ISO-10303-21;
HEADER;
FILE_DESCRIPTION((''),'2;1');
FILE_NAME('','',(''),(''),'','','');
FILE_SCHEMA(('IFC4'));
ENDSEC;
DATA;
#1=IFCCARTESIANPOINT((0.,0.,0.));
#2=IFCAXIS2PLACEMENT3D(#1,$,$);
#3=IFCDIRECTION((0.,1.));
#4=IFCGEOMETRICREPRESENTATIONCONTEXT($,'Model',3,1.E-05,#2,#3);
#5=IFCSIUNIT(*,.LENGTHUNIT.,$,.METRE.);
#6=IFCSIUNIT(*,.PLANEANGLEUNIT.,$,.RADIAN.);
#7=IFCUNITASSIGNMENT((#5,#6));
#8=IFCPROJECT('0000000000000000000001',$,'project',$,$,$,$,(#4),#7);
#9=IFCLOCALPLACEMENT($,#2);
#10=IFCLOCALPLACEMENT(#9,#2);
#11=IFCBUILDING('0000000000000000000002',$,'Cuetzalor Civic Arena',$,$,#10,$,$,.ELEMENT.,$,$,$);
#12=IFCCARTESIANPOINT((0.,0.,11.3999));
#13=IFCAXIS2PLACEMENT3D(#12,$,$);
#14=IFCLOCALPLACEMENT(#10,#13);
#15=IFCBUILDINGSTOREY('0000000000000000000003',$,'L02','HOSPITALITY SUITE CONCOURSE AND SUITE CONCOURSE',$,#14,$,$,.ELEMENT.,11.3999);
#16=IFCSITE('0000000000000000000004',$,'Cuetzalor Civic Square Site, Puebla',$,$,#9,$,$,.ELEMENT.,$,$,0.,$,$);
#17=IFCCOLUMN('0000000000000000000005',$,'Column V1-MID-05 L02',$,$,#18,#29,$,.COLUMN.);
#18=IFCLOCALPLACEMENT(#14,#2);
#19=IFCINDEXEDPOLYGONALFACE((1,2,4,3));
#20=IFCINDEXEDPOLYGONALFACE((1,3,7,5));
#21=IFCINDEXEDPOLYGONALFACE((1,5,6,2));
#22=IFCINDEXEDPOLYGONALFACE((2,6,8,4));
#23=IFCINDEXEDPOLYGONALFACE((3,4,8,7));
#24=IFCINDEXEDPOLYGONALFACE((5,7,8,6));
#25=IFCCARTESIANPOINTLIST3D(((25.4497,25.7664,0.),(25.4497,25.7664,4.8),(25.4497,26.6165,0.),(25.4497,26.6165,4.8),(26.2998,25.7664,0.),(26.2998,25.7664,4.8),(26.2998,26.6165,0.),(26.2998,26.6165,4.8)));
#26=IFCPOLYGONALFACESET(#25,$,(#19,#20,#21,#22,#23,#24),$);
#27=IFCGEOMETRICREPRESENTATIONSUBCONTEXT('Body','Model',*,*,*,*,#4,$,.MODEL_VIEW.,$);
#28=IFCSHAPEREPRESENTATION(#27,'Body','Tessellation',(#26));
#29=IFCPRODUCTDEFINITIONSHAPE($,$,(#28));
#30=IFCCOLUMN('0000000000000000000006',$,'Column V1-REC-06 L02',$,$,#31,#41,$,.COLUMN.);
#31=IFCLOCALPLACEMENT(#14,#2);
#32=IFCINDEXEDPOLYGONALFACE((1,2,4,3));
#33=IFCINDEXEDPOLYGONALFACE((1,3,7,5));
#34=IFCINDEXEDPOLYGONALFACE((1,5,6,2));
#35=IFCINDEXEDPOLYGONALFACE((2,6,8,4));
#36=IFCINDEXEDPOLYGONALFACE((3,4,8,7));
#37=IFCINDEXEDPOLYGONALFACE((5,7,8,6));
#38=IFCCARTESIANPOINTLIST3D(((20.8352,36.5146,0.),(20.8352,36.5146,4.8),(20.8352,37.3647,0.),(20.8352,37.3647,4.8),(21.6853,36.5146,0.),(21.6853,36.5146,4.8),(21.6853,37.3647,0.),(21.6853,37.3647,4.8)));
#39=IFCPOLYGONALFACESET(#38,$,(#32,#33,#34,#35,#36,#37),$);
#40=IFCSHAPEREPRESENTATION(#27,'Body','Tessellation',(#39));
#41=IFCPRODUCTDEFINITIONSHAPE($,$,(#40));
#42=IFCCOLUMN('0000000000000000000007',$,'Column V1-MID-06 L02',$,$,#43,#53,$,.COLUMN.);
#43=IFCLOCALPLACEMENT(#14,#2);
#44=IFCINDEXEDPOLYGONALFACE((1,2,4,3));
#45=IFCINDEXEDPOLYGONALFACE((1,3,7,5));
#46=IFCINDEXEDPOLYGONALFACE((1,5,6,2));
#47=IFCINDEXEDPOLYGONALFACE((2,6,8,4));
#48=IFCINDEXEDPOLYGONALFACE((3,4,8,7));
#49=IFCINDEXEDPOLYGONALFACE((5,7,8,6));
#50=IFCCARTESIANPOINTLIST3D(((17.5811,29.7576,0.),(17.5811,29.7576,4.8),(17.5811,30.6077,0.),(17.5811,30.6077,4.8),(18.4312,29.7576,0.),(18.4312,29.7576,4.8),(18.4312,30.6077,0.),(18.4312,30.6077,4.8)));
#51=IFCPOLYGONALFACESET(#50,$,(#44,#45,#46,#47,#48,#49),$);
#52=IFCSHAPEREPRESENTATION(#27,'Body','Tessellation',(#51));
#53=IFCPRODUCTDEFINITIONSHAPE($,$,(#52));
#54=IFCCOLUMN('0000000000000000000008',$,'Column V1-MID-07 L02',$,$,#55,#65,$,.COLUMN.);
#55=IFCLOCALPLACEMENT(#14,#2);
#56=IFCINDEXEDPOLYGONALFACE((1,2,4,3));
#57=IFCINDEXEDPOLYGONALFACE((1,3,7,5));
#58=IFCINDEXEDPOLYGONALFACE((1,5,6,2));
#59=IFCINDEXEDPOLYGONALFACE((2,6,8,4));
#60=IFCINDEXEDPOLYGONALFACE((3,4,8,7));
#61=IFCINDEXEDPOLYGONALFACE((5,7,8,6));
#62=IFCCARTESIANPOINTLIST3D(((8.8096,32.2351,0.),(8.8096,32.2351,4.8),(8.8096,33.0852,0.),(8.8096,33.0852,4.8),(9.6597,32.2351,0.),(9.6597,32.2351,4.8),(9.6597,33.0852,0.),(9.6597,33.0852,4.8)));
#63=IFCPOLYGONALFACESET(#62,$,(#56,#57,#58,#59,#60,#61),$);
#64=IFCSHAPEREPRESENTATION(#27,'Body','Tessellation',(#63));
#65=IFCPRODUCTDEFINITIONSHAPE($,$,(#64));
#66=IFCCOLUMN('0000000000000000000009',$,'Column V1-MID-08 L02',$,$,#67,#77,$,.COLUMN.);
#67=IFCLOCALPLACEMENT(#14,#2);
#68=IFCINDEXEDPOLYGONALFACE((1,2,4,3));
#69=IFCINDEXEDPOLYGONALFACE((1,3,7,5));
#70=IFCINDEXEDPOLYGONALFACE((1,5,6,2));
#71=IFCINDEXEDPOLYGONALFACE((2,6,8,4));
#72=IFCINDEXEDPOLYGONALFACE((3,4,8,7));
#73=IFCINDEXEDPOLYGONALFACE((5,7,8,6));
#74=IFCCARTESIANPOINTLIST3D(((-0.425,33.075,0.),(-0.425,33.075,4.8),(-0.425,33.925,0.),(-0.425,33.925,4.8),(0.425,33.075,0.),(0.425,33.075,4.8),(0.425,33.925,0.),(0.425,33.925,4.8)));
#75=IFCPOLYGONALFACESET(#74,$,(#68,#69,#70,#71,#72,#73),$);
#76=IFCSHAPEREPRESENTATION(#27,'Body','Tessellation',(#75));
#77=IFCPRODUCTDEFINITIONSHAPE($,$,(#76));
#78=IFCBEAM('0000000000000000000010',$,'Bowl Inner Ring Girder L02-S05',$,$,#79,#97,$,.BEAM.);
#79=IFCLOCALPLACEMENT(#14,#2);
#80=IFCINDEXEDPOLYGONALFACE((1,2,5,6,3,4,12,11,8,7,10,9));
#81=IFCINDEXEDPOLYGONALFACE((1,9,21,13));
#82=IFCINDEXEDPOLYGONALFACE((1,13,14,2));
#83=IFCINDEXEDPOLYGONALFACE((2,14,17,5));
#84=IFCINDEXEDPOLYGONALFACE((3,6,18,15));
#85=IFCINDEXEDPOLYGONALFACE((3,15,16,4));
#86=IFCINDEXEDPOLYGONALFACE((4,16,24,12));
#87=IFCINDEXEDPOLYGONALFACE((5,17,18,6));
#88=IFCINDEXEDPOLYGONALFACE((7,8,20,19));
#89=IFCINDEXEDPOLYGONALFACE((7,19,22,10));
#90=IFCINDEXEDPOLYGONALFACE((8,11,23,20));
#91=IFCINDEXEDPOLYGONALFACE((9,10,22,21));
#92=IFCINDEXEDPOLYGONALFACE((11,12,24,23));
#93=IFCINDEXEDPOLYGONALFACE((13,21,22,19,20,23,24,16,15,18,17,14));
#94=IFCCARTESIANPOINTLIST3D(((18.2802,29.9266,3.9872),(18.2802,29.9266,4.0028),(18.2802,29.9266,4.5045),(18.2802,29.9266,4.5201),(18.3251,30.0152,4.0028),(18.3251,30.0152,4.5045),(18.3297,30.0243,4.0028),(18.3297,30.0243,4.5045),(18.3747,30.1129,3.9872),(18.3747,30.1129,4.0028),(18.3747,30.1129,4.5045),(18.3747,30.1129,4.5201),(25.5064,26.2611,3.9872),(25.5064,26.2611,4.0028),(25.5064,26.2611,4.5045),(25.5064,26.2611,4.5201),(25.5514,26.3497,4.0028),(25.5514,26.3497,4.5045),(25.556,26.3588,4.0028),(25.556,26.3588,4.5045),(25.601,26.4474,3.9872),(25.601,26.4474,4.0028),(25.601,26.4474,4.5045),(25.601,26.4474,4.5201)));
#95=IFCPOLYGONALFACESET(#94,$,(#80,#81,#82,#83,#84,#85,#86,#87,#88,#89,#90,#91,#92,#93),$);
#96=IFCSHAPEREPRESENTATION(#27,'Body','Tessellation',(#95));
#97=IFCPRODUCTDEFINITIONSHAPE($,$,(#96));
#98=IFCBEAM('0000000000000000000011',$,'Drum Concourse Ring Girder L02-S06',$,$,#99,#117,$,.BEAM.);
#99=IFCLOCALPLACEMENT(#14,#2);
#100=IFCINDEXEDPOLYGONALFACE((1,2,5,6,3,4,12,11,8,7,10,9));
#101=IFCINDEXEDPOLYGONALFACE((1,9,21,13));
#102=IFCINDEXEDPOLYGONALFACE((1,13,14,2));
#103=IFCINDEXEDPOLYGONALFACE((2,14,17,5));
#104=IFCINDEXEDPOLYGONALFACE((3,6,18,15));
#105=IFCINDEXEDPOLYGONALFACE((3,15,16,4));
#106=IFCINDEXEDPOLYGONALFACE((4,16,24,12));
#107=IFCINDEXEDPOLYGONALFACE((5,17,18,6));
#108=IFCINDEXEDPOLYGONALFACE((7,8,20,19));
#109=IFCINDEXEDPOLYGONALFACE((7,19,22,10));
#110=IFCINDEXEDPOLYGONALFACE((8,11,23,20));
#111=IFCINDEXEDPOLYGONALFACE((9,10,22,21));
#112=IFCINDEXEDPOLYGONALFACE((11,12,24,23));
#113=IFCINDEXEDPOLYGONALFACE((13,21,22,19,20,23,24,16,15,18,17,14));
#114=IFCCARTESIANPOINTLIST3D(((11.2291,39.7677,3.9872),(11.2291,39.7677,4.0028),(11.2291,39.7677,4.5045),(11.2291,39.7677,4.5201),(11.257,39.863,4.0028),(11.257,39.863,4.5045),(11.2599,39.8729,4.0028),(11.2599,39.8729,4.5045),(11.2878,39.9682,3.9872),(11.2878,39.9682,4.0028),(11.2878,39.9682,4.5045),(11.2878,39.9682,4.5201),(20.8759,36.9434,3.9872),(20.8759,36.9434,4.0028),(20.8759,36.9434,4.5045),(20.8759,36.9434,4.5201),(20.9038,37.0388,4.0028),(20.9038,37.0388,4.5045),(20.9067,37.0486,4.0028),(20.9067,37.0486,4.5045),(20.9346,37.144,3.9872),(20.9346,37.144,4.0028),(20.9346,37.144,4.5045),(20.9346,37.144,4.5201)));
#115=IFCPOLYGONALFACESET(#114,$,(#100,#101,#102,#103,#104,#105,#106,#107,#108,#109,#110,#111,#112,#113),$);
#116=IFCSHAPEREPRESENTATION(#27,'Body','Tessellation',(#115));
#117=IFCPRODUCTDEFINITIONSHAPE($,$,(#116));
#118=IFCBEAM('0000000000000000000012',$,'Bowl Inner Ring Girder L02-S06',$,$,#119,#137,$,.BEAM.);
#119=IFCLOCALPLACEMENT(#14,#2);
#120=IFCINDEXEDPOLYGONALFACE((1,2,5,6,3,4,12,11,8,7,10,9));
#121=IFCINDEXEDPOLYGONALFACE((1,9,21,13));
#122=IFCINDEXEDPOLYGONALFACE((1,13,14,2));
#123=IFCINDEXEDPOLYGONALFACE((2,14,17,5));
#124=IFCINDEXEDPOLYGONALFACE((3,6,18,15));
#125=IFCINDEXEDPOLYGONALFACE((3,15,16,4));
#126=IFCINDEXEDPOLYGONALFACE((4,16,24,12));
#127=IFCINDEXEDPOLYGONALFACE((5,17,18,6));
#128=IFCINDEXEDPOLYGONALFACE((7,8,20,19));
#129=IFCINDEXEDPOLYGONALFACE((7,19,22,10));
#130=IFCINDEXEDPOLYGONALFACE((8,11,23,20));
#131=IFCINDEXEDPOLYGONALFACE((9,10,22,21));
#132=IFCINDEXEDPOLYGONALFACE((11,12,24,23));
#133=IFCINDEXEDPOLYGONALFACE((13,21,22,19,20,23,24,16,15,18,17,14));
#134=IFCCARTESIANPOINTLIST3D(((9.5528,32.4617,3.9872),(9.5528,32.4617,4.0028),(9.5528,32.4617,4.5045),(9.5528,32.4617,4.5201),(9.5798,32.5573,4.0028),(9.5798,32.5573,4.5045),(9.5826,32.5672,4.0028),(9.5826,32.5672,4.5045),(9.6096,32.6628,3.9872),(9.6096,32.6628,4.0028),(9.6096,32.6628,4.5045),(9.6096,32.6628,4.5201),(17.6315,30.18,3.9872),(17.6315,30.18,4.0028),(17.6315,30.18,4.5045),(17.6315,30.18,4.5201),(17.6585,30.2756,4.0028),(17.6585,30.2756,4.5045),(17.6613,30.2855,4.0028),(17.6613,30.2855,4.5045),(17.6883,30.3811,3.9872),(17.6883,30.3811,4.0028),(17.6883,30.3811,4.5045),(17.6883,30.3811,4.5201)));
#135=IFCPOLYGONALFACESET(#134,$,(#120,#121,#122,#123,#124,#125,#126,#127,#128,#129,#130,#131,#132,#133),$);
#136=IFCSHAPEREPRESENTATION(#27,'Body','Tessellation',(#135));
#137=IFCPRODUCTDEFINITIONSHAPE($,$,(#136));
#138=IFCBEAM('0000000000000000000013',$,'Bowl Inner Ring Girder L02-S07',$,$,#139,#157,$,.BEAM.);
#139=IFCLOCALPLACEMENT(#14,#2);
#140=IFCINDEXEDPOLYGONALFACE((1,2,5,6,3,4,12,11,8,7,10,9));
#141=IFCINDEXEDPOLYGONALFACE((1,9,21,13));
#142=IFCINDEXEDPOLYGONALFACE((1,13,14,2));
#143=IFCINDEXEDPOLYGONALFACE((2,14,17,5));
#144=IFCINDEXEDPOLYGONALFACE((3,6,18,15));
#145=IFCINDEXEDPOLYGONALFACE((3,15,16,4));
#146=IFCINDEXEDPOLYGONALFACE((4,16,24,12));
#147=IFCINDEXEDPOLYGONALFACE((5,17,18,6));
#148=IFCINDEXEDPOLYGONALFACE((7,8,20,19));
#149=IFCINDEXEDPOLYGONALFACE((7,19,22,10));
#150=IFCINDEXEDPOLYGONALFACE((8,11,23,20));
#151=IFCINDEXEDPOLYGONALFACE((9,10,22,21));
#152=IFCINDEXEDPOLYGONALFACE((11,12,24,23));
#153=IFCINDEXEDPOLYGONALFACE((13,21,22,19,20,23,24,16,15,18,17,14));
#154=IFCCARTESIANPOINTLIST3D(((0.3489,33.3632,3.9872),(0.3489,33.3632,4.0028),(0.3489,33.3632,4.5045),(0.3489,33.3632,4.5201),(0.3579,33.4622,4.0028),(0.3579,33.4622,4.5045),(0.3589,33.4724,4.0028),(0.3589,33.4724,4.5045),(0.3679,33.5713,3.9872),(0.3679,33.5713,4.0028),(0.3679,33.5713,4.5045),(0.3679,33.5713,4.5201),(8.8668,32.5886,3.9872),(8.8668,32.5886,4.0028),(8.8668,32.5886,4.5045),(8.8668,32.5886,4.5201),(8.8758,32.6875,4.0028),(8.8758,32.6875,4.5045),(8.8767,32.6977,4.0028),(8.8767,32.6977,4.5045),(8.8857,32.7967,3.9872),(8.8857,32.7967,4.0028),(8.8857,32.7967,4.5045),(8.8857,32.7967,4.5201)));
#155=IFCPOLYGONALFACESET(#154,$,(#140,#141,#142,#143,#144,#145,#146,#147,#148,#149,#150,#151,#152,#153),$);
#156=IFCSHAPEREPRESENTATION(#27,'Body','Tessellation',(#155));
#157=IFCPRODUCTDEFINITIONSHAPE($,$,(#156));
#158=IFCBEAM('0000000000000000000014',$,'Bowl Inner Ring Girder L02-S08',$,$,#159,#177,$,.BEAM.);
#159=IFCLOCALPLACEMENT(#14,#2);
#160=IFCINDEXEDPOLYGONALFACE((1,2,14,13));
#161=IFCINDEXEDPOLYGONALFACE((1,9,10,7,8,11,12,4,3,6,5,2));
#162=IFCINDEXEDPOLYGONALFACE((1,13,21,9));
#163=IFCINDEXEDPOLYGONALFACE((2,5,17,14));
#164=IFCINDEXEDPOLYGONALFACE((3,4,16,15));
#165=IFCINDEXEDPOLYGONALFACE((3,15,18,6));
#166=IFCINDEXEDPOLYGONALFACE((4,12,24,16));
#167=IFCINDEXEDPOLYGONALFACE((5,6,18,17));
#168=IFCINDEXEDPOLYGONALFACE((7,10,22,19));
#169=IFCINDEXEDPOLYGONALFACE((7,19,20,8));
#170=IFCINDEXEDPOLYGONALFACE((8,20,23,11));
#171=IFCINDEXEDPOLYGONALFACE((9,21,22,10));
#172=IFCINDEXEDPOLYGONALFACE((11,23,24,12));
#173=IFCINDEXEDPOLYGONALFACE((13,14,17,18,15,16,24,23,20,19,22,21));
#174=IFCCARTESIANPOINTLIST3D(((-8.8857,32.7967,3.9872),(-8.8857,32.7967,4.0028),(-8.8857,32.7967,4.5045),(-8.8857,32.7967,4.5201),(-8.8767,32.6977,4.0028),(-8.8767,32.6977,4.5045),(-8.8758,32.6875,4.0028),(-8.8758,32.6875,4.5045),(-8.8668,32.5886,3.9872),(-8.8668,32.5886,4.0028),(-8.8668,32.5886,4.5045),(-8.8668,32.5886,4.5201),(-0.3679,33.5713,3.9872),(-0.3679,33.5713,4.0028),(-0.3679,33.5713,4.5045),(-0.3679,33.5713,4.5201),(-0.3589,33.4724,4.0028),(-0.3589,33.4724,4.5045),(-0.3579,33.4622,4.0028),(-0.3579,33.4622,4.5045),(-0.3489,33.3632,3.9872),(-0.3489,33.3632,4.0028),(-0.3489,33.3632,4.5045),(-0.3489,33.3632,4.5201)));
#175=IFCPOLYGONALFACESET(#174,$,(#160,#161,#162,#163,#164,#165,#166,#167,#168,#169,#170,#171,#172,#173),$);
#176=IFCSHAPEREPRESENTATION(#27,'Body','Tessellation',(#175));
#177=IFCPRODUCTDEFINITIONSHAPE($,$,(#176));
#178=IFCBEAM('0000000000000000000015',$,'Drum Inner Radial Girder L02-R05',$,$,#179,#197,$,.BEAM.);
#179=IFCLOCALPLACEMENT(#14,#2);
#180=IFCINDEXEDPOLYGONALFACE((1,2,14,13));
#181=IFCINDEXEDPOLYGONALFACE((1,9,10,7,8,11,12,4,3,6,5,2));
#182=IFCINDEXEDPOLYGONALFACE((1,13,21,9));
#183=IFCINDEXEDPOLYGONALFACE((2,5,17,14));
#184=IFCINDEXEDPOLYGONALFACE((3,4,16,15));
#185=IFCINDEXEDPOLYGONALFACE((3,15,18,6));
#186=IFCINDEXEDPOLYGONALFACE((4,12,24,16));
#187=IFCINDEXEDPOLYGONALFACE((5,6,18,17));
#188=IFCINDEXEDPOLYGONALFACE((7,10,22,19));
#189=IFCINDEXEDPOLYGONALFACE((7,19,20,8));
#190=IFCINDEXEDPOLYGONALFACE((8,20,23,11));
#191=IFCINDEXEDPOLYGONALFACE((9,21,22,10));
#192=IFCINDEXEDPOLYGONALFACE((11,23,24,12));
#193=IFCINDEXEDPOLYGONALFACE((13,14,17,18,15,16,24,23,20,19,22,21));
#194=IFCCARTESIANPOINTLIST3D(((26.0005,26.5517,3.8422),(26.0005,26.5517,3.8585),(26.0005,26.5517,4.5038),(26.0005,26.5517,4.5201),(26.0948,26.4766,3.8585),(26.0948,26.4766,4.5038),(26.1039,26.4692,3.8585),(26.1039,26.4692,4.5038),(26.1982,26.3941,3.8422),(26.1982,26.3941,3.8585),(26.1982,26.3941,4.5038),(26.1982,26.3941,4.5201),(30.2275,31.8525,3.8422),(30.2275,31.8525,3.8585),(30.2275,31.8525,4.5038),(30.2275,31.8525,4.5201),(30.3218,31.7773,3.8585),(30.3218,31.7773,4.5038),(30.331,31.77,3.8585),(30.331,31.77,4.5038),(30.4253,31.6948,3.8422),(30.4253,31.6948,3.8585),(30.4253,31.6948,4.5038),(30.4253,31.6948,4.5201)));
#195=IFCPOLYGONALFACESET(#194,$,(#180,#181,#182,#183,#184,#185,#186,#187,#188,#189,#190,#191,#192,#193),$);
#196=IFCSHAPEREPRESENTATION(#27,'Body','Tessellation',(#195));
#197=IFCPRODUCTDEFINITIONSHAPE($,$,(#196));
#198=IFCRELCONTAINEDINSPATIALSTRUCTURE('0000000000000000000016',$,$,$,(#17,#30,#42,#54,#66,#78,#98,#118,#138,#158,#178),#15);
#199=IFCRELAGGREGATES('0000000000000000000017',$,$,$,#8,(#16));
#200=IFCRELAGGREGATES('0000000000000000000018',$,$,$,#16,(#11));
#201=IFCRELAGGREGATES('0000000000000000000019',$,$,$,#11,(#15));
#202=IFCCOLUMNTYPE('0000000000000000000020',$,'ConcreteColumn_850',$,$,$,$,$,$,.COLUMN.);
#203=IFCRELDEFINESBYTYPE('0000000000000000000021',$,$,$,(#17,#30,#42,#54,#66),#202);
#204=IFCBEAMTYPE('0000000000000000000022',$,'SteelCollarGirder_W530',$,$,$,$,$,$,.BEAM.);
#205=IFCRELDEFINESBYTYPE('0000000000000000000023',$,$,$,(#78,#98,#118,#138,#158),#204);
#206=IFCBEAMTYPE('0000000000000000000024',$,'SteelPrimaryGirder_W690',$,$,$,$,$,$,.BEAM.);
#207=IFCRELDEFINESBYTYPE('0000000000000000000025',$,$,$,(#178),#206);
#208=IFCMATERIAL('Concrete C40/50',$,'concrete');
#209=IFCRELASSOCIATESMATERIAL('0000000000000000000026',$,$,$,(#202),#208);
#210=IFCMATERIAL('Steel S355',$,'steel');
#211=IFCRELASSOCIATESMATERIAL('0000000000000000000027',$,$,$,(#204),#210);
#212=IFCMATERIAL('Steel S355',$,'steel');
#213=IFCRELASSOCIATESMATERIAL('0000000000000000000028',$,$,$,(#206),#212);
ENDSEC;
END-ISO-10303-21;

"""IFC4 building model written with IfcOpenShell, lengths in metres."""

from ifc_helpers import new_model, si_unit, direction, frame, origin, origin_2d, place, context, subcontext, project, spatial, rectangle, i_section, extrude, material, material_profile, profile_set, type_object, element, save


model = new_model("IFC4")

# Units and contexts
model_context = context("Model", 3, precision=1e-05, world=origin(), true_north=direction((0.0, 1.0)))
body_context = subcontext(model_context, "Body", "Model", "MODEL_VIEW")
ifc_project = project(units=[si_unit("LENGTHUNIT", "METRE"), si_unit("PLANEANGLEUNIT", "RADIAN")], contexts=[model_context])

# Site, building, storey
site_placement = place(None, origin())
site = spatial("IfcSite", under=ifc_project, at=site_placement, Name="Cuetzalor Civic Square Site, Puebla", CompositionType="ELEMENT", RefElevation=0.0)
building_placement = place(site_placement, origin())
building = spatial("IfcBuilding", under=site, at=building_placement, Name="Cuetzalor Civic Arena", CompositionType="ELEMENT")
storey_placement = place(building_placement, frame((0.0, 0.0, 11.3999)))
storey = spatial("IfcBuildingStorey", under=building, at=storey_placement, Name="L02", Description="HOSPITALITY SUITE CONCOURSE AND SUITE CONCOURSE", CompositionType="ELEMENT", Elevation=11.3999)

# Columns
ifc_material_1 = material(Name="Concrete C40/50", Category="concrete")
ifc_material_profile_1 = material_profile(ifc_material_1, rectangle(XDim=0.8501, YDim=0.8501, at=origin_2d()), Name="RC 850x850")
ifc_profile_set_1 = profile_set([ifc_material_profile_1], Name="Concrete C40/50")
column_type = type_object("IfcColumnType", Name="ConcreteColumn_850", PredefinedType="COLUMN", material=ifc_profile_set_1)
for number, where, z_axis, x_axis, name in (
    (1, (25.8748, 26.1914, 0.0), (0.0, 0.0, 1.0), (1.0, 0.0, 0.0), "Column V1-MID-05 L02"),
    (2, (21.2603, 36.9397, 0.0), (0.0, 0.0, 1.0), (1.0, 0.0, 0.0), "Column V1-REC-06 L02"),
    (3, (18.0061, 30.1826, 0.0), (0.0, 0.0, 1.0), (1.0, 0.0, 0.0), "Column V1-MID-06 L02"),
    (4, (9.2346, 32.6602, 0.0), (0.0, 0.0, 1.0), (1.0, 0.0, 0.0), "Column V1-MID-07 L02"),
    (5, (0.0, 33.5, 0.0), (0.0, 0.0, 1.0), (1.0, 0.0, 0.0), "Column V1-MID-08 L02"),
):
    element("IfcColumn", number, at=place(storey_placement, frame(where, z_axis=z_axis, x_axis=x_axis)), inside=storey, type_object=column_type, Name=name, PredefinedType="COLUMN", context=body_context, shape_type="SweptSolid", body=[
        extrude(rectangle(XDim=0.8501, YDim=0.8501, at=origin_2d()), origin(), (0.0, 0.0, 1.0), 4.8),
    ])

# Beams
ifc_material_2 = material(Name="Steel S355", Category="steel")
ifc_material_profile_2 = material_profile(ifc_material_2, i_section(OverallWidth=0.209, OverallDepth=0.533, WebThickness=0.0103, FlangeThickness=0.0156, at=origin_2d()), Name="W530x92")
ifc_profile_set_2 = profile_set([ifc_material_profile_2], Name="Steel S355")
beam_type_1 = type_object("IfcBeamType", Name="SteelCollarGirder_W530", PredefinedType="BEAM", material=ifc_profile_set_2)
beam_1_placement = place(storey_placement, frame((25.5537, 26.3542, 4.2537), z_axis=(-0.891827, 0.452376, 0.0), x_axis=(-0.452376, -0.891827, 0.0)))
element("IfcBeam", 6, at=beam_1_placement, inside=storey, type_object=beam_type_1, Name="Bowl Inner Ring Girder L02-S05", PredefinedType="BEAM", context=body_context, shape_type="SweptSolid", body=[
    extrude(i_section(OverallWidth=0.209, OverallDepth=0.533, WebThickness=0.0103, FlangeThickness=0.0156, at=origin_2d()), origin(), (0.0, 0.0, 1.0), 8.1028),
])
beam_2_placement = place(storey_placement, frame((20.9053, 37.0437, 4.2537), z_axis=(-0.959716, 0.280971, 0.0), x_axis=(-0.280971, -0.959716, 0.0)))
element("IfcBeam", 7, at=beam_2_placement, inside=storey, type_object=beam_type_1, Name="Drum Concourse Ring Girder L02-S06", PredefinedType="BEAM", context=body_context, shape_type="SweptSolid", body=[
    extrude(i_section(OverallWidth=0.209, OverallDepth=0.533, WebThickness=0.0103, FlangeThickness=0.0156, at=origin_2d()), origin(), (0.0, 0.0, 1.0), 10.0518),
])
beam_3_placement = place(storey_placement, frame((17.6599, 30.2805, 4.2537), z_axis=(-0.962354, 0.271801, 0.0), x_axis=(-0.271801, -0.962354, 0.0)))
element("IfcBeam", 8, at=beam_3_placement, inside=storey, type_object=beam_type_1, Name="Bowl Inner Ring Girder L02-S06", PredefinedType="BEAM", context=body_context, shape_type="SweptSolid", body=[
    extrude(i_section(OverallWidth=0.209, OverallDepth=0.533, WebThickness=0.0103, FlangeThickness=0.0156, at=origin_2d()), origin(), (0.0, 0.0, 1.0), 8.3948),
])
for number, where, z_axis, x_axis, name in (
    (9, (8.8762, 32.6926, 4.2537), (-0.99589, 0.090572, 0.0), (-0.090572, -0.99589, 0.0), "Bowl Inner Ring Girder L02-S07"),
    (10, (-0.3584, 33.4673, 4.2537), (-0.99589, -0.090572, 0.0), (0.090572, -0.99589, 0.0), "Bowl Inner Ring Girder L02-S08"),
):
    element("IfcBeam", number, at=place(storey_placement, frame(where, z_axis=z_axis, x_axis=x_axis)), inside=storey, type_object=beam_type_1, Name=name, PredefinedType="BEAM", context=body_context, shape_type="SweptSolid", body=[
        extrude(i_section(OverallWidth=0.209, OverallDepth=0.533, WebThickness=0.0103, FlangeThickness=0.0156, at=origin_2d()), origin(), (0.0, 0.0, 1.0), 8.553),
    ])
ifc_material_3 = material(Name="Steel S355", Category="steel")
ifc_material_profile_3 = material_profile(ifc_material_3, i_section(OverallWidth=0.2529, OverallDepth=0.678, WebThickness=0.0117, FlangeThickness=0.0164, at=origin_2d()), Name="W690x125")
ifc_profile_set_3 = profile_set([ifc_material_profile_3], Name="Steel S355")
beam_type_2 = type_object("IfcBeamType", Name="SteelPrimaryGirder_W690", PredefinedType="BEAM", material=ifc_profile_set_3)
beam_4_placement = place(storey_placement, frame((26.0994, 26.4729, 4.1812), z_axis=(0.623473, 0.781845, 0.0), x_axis=(-0.781845, 0.623473, 0.0)))
element("IfcBeam", 11, at=beam_4_placement, inside=storey, type_object=beam_type_2, Name="Drum Inner Radial Girder L02-R05", PredefinedType="BEAM", context=body_context, shape_type="SweptSolid", body=[
    extrude(i_section(OverallWidth=0.2529, OverallDepth=0.678, WebThickness=0.0117, FlangeThickness=0.0164, at=origin_2d()), origin(), (0.0, 0.0, 1.0), 6.7798),
])

save(model, "model.ifc")
